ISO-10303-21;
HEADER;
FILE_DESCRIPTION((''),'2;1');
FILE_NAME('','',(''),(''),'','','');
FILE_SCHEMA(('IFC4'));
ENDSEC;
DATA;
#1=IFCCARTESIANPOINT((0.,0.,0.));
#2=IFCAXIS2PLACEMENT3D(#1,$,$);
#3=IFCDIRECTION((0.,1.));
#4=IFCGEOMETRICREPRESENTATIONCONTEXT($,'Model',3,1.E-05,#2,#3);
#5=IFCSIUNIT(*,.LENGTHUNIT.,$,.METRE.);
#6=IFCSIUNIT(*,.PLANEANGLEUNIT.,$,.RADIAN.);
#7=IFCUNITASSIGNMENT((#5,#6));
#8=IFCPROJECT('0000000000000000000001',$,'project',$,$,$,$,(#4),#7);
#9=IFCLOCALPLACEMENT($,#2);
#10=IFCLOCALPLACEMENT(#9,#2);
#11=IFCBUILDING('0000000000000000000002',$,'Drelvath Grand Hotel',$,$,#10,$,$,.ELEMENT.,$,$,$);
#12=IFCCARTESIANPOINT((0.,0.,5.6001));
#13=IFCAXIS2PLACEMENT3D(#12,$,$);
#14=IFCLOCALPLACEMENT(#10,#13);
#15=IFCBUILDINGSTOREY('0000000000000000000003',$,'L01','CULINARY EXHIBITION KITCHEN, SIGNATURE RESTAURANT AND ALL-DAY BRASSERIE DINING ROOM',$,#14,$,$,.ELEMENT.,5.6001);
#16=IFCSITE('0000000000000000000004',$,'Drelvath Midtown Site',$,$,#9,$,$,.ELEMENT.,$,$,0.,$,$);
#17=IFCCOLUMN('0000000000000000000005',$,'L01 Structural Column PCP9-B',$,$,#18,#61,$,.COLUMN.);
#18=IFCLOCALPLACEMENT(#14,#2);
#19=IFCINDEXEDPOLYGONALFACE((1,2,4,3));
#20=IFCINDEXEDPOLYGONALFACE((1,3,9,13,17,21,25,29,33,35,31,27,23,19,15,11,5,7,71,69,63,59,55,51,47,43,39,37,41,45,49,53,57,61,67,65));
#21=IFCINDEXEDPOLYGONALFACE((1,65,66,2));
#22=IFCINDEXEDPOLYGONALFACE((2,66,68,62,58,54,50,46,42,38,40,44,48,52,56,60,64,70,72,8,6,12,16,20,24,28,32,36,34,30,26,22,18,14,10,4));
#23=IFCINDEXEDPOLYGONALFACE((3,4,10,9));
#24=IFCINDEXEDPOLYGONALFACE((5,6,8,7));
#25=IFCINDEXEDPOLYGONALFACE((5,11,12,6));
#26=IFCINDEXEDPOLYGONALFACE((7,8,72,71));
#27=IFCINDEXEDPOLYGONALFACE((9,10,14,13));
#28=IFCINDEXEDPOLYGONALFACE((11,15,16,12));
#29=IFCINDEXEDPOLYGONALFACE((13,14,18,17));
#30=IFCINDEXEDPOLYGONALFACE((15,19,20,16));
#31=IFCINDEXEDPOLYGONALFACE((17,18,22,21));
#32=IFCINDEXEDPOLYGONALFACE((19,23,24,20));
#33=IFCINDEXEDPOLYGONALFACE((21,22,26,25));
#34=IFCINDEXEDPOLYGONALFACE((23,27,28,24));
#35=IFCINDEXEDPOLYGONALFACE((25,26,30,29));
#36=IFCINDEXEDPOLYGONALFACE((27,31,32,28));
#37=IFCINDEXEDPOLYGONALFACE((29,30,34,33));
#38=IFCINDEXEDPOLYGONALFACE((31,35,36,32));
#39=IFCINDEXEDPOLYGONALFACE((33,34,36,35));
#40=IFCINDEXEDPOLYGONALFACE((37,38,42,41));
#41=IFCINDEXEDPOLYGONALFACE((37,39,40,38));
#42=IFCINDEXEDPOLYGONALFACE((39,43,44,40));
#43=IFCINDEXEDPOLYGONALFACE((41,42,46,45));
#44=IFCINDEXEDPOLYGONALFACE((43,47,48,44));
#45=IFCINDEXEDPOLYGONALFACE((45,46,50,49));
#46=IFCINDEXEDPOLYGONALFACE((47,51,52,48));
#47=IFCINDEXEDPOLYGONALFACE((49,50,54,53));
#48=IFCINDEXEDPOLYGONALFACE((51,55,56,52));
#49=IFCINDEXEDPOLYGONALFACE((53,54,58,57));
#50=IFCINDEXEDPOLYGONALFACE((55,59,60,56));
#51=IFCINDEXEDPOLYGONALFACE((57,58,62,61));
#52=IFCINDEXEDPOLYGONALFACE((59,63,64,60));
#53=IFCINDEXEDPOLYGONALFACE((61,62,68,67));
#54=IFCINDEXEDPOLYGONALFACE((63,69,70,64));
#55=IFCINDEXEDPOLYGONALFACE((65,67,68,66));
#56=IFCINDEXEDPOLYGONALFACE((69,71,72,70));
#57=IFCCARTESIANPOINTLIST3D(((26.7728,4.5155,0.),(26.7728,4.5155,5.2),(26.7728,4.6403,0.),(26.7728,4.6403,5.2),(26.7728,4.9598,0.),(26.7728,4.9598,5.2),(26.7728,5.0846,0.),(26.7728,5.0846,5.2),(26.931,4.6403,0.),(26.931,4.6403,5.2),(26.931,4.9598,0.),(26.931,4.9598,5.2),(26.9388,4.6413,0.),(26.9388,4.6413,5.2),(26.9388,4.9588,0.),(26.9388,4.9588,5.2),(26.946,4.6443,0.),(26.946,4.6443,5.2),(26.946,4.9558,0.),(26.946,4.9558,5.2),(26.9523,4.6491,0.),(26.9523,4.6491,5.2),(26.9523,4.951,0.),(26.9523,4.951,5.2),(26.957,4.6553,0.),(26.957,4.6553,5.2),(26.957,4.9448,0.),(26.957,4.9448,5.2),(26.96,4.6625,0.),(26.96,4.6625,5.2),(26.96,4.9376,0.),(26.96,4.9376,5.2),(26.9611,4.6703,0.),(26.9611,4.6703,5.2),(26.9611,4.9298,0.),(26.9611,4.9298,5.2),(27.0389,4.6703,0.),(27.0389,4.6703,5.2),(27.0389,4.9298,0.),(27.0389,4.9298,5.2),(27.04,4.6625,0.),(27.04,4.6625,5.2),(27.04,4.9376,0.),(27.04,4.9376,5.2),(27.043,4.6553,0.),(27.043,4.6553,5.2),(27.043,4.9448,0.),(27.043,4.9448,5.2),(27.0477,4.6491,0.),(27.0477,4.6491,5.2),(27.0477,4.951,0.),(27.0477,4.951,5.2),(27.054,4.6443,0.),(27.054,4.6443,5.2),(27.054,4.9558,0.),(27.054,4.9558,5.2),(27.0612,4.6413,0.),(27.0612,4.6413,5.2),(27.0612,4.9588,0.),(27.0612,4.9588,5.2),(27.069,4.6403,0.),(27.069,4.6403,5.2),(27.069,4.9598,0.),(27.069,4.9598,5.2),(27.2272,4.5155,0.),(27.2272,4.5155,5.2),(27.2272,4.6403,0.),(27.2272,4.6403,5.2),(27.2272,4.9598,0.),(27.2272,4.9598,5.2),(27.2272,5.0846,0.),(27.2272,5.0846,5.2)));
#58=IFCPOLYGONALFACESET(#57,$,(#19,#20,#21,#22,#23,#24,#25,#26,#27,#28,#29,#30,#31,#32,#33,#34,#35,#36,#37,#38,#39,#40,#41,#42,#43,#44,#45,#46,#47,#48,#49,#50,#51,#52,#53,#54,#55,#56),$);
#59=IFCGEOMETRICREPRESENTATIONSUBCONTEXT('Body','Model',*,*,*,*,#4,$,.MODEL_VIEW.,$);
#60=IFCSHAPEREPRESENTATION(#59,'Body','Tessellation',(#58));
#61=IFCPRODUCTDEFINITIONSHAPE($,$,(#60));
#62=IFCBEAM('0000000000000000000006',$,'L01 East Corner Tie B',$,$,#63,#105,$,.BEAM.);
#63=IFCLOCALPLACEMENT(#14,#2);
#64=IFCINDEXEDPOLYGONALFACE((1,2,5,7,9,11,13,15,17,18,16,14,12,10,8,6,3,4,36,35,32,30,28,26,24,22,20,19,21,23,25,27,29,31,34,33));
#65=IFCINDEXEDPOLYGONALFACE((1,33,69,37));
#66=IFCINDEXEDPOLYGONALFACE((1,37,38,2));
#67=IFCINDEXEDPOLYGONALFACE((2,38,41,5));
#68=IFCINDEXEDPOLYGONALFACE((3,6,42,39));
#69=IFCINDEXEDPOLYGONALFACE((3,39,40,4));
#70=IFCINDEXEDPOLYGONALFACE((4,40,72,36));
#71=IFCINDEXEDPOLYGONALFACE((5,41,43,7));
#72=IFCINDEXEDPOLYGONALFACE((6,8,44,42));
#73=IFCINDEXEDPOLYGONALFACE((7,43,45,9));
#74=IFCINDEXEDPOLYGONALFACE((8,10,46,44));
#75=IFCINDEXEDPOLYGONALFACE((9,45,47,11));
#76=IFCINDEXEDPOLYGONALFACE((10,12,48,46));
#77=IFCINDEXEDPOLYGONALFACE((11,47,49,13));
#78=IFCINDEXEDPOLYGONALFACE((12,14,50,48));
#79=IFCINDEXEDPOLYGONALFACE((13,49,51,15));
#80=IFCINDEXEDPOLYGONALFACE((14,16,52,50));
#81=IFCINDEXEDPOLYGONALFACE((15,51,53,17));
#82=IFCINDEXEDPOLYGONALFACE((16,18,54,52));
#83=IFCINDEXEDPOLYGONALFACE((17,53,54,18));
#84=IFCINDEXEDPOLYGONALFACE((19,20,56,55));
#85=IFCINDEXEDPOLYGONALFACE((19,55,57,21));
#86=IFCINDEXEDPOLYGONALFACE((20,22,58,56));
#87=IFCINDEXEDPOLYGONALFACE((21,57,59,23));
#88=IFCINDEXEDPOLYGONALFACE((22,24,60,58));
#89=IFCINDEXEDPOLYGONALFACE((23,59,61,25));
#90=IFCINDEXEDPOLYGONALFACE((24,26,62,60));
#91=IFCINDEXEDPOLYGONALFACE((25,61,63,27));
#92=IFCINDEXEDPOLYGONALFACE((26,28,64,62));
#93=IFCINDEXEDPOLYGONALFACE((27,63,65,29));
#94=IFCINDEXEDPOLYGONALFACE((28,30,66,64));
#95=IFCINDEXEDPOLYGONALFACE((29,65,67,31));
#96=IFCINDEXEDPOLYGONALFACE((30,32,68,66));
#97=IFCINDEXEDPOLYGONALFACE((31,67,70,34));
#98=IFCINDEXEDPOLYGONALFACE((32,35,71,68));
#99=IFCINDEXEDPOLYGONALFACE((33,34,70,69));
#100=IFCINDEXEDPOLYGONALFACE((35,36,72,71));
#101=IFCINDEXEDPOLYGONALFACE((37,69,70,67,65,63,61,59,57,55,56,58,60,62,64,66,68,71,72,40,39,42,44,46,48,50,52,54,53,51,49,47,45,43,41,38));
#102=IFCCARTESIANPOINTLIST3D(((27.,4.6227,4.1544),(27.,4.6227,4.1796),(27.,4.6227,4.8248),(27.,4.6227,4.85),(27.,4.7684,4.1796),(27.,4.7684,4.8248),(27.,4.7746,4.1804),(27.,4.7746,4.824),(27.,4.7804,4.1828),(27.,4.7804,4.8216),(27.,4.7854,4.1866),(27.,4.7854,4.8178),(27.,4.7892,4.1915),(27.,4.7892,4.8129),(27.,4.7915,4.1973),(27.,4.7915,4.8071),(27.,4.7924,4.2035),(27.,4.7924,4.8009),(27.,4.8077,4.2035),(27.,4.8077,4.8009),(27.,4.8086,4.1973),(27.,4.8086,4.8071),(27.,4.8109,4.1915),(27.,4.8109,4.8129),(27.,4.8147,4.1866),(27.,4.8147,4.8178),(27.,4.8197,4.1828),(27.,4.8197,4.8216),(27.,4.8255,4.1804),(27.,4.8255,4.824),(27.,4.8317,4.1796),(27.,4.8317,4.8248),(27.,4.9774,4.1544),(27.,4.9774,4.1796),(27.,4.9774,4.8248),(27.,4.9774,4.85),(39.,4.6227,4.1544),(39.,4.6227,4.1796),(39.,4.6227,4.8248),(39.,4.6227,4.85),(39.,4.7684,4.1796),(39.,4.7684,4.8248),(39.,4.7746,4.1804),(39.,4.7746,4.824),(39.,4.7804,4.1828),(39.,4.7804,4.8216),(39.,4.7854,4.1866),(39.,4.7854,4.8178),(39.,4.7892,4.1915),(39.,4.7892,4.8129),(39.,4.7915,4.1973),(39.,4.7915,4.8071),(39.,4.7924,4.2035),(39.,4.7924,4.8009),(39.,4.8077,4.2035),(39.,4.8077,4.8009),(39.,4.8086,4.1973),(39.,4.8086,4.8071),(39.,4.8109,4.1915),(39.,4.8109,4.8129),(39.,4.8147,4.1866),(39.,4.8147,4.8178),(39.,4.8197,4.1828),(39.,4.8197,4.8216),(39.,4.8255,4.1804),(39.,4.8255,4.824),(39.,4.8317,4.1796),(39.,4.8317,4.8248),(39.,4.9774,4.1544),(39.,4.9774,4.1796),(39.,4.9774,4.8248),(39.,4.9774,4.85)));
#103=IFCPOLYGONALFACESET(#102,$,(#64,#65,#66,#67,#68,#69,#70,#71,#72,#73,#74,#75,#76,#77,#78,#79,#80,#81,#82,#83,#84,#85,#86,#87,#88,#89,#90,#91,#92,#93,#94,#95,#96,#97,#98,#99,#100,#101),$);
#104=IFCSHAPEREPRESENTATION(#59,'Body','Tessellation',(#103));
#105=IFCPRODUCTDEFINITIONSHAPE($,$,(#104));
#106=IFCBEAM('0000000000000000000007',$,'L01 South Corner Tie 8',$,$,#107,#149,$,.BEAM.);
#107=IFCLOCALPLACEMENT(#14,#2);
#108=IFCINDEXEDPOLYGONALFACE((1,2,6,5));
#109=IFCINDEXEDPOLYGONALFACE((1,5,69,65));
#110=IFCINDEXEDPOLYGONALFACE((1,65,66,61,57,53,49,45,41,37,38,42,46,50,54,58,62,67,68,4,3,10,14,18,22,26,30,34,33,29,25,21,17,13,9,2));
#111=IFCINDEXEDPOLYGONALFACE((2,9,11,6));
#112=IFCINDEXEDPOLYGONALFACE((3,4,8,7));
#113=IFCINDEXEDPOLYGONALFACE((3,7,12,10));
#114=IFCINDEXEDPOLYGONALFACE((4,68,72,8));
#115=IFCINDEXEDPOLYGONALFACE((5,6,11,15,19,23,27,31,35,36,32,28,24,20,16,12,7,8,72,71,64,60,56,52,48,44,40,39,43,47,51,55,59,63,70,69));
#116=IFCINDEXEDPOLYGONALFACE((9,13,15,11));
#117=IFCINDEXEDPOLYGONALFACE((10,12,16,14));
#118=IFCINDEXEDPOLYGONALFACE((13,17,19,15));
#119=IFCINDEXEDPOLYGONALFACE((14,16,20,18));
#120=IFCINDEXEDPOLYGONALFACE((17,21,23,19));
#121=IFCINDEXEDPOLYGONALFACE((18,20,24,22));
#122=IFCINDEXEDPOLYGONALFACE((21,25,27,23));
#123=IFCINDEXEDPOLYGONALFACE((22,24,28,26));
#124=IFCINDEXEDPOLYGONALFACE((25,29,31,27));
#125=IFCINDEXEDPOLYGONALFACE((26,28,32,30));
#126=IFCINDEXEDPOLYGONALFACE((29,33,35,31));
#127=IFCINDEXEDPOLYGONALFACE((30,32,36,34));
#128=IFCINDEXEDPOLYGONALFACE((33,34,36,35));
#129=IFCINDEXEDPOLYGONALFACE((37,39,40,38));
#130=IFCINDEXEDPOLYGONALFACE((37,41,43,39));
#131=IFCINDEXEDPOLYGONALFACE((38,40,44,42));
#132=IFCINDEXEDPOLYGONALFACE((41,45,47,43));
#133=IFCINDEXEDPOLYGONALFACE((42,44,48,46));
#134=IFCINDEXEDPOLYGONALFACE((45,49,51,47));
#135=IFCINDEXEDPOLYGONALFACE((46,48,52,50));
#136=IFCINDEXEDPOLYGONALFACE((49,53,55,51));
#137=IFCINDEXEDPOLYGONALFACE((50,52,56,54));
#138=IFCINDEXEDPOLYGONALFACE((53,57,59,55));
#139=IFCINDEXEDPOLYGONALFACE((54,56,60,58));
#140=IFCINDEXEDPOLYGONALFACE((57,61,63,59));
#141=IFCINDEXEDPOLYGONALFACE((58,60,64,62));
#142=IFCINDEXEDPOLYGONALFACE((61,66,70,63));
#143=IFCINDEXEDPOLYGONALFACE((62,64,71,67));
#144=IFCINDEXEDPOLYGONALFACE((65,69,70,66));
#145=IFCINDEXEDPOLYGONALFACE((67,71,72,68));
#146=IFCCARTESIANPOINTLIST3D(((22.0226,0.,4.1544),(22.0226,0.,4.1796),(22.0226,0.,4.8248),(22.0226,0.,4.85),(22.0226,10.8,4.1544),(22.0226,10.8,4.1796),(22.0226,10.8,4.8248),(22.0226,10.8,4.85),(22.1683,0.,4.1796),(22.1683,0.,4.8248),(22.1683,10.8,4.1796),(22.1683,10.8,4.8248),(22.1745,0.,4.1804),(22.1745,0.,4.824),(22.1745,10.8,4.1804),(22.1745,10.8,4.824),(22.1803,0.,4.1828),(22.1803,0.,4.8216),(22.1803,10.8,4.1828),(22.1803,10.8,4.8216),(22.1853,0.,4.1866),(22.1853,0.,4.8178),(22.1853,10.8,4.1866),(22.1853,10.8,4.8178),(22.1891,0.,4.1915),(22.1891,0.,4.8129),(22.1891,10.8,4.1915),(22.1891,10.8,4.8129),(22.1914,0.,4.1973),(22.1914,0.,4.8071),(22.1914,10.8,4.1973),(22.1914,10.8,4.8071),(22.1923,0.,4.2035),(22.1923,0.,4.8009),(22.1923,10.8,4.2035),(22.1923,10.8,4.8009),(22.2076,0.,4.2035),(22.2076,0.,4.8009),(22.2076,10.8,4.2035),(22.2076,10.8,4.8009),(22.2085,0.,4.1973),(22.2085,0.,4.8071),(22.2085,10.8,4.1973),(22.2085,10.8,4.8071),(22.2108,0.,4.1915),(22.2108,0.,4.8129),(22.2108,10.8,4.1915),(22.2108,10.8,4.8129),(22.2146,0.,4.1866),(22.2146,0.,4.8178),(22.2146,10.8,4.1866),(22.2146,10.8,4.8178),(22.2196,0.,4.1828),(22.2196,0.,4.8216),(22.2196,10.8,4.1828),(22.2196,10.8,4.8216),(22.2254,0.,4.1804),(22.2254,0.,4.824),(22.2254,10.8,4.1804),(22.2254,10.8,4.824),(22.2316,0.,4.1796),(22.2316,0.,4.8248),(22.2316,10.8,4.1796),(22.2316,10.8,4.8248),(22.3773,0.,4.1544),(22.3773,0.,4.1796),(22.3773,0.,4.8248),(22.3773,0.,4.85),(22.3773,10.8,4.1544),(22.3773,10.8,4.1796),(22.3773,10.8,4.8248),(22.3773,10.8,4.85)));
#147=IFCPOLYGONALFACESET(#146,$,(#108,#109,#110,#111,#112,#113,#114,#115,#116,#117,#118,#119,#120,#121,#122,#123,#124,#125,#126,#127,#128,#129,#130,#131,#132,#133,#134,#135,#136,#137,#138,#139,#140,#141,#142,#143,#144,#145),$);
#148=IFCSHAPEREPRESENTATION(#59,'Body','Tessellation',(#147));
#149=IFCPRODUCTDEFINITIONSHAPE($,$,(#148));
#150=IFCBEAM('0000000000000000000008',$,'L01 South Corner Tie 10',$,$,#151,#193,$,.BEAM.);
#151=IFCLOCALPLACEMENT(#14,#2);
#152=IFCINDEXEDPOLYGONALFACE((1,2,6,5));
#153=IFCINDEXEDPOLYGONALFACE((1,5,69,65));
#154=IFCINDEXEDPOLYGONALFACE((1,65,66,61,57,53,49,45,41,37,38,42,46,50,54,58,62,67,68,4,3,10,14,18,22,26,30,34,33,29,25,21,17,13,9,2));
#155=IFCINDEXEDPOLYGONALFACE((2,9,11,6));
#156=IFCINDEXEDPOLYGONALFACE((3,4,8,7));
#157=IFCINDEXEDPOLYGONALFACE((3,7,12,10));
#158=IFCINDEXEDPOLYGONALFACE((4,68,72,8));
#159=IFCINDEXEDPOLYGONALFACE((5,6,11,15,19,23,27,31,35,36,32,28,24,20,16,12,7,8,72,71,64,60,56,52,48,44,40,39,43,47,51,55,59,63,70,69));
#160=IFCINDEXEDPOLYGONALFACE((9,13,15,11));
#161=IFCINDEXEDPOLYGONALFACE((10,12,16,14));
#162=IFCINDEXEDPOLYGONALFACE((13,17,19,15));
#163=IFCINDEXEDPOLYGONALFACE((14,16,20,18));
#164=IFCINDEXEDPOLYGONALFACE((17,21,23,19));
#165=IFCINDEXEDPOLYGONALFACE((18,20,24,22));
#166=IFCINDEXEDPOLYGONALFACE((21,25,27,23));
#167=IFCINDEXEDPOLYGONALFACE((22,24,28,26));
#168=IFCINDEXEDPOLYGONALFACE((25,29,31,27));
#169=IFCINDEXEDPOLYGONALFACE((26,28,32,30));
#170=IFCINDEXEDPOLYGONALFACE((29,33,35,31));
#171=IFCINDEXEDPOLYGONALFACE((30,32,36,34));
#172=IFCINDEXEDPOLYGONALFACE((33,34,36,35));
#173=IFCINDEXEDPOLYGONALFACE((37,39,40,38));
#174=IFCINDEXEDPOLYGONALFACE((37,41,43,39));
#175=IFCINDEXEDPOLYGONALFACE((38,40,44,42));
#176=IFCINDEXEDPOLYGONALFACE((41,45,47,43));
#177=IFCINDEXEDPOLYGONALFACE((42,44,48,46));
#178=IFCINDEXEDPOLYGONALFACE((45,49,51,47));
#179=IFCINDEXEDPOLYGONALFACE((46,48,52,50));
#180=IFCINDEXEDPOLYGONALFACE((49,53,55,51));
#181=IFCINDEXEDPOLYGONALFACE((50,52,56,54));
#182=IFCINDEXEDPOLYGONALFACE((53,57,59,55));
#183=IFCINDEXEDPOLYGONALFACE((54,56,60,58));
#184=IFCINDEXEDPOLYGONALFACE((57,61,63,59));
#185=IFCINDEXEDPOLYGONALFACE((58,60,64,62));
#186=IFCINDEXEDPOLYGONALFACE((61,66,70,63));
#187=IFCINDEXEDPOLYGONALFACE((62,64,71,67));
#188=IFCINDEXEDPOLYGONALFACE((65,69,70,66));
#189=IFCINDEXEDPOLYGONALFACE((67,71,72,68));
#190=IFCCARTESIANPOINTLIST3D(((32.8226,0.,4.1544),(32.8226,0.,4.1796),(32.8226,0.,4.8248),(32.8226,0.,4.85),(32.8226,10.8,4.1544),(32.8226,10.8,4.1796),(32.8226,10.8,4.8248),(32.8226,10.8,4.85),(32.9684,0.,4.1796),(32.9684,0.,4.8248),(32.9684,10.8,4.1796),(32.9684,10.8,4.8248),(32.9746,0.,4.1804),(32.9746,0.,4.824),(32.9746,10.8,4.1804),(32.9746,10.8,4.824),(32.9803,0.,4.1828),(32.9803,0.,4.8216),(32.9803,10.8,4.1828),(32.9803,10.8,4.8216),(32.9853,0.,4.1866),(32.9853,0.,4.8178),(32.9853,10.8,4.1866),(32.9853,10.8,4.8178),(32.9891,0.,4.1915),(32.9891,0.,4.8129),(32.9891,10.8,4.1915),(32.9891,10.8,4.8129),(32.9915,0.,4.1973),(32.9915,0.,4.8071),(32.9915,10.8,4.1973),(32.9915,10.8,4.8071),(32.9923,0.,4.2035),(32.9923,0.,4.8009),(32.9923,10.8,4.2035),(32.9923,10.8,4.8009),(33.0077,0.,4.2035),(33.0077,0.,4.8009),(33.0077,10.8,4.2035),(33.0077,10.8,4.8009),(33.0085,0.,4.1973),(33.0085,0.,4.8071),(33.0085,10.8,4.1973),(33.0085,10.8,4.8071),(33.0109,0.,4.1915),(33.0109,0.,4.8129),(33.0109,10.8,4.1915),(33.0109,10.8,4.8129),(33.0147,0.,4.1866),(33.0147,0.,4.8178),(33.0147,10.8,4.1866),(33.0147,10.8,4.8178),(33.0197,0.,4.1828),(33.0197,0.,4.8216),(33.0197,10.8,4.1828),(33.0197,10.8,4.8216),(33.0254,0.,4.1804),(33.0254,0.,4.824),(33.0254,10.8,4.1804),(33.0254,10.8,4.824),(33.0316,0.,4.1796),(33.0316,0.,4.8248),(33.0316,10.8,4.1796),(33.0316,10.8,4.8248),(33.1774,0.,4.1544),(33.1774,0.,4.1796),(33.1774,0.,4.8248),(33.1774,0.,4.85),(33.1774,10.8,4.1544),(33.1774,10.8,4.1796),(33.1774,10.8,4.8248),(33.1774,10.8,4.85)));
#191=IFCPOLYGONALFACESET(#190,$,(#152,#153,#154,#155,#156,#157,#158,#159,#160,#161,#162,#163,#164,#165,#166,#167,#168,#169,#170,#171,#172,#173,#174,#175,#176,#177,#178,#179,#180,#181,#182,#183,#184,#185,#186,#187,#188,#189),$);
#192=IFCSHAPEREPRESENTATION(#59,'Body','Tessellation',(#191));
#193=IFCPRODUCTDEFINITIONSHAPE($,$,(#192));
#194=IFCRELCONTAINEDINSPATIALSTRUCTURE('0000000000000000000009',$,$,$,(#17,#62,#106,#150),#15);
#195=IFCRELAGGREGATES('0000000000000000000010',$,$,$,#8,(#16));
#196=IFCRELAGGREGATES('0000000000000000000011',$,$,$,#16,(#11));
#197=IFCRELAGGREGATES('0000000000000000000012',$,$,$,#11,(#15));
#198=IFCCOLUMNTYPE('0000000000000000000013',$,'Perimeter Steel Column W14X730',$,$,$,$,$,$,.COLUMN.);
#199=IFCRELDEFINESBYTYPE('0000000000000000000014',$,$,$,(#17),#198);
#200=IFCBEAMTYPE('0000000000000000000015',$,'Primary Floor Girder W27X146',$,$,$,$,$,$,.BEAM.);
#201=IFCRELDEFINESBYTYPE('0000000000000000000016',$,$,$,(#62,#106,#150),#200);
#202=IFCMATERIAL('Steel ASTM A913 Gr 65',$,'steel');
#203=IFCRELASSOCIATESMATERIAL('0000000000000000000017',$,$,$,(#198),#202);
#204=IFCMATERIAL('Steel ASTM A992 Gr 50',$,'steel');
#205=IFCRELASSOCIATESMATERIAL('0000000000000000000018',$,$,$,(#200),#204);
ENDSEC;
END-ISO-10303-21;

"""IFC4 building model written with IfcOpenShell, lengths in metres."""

from ifc_helpers import new_model, si_unit, direction, frame, origin, origin_2d, place, context, subcontext, project, spatial, i_section, extrude, material, material_profile, profile_set, type_object, element, save


model = new_model("IFC4")

# Units and contexts
model_context = context("Model", 3, precision=1e-05, world=origin(), true_north=direction((0.0, 1.0)))
body_context = subcontext(model_context, "Body", "Model", "MODEL_VIEW")
ifc_project = project(units=[si_unit("LENGTHUNIT", "METRE"), si_unit("PLANEANGLEUNIT", "RADIAN")], contexts=[model_context])

# Site, building, storey
site_placement = place(None, origin())
site = spatial("IfcSite", under=ifc_project, at=site_placement, Name="Drelvath Midtown Site", CompositionType="ELEMENT", RefElevation=0.0)
building_placement = place(site_placement, origin())
building = spatial("IfcBuilding", under=site, at=building_placement, Name="Drelvath Grand Hotel", CompositionType="ELEMENT")
storey_placement = place(building_placement, frame((0.0, 0.0, 5.6001)))
storey = spatial("IfcBuildingStorey", under=building, at=storey_placement, Name="L01", Description="CULINARY EXHIBITION KITCHEN, SIGNATURE RESTAURANT AND ALL-DAY BRASSERIE DINING ROOM", CompositionType="ELEMENT", Elevation=5.6001)

# Column
ifc_material_1 = material(Name="Steel ASTM A913 Gr 65", Category="steel")
ifc_material_profile_1 = material_profile(ifc_material_1, i_section(OverallWidth=0.4543, OverallDepth=0.5691, WebThickness=0.0779, FlangeThickness=0.1248, FilletRadius=0.03, at=origin_2d()), Name="W14X730")
ifc_profile_set_1 = profile_set([ifc_material_profile_1], Name="Steel ASTM A913 Gr 65")
column_type_1 = type_object("IfcColumnType", Name="Perimeter Steel Column W14X730", PredefinedType="COLUMN", material=ifc_profile_set_1)
column_1_placement = place(storey_placement, frame((27.0, 4.8, 0.0), z_axis=(0.0, 0.0, 1.0), x_axis=(1.0, 0.0, 0.0)))
element("IfcColumn", 1, at=column_1_placement, inside=storey, type_object=column_type_1, Name="L01 Structural Column PCP9-B", PredefinedType="COLUMN", context=body_context, shape_type="SweptSolid", body=[
    extrude(i_section(OverallWidth=0.4543, OverallDepth=0.5691, WebThickness=0.0779, FlangeThickness=0.1248, FilletRadius=0.03, at=origin_2d()), origin(), (0.0, 0.0, 1.0), 5.2),
])

# Beams
ifc_material_2 = material(Name="Steel ASTM A992 Gr 50", Category="steel")
ifc_material_profile_2 = material_profile(ifc_material_2, i_section(OverallWidth=0.3547, OverallDepth=0.6956, WebThickness=0.0154, FlangeThickness=0.0251, FilletRadius=0.0239, at=origin_2d()), Name="W27X146")
ifc_profile_set_2 = profile_set([ifc_material_profile_2], Name="Steel ASTM A992 Gr 50")
beam_type = type_object("IfcBeamType", Name="Primary Floor Girder W27X146", PredefinedType="BEAM", material=ifc_profile_set_2)
beam_placement = place(storey_placement, frame((27.0, 4.8, 4.5022), z_axis=(1.0, 0.0, 0.0), x_axis=(0.0, 1.0, 0.0)))
element("IfcBeam", 2, at=beam_placement, inside=storey, type_object=beam_type, Name="L01 East Corner Tie B", PredefinedType="BEAM", context=body_context, shape_type="SweptSolid", body=[
    extrude(i_section(OverallWidth=0.3547, OverallDepth=0.6956, WebThickness=0.0154, FlangeThickness=0.0251, FilletRadius=0.0239, at=origin_2d()), origin(), (0.0, 0.0, 1.0), 12.0),
])
for number, where, z_axis, x_axis, name in (
    (3, (22.2, 0.0, 4.5022), (0.0, 1.0, 0.0), (-1.0, 0.0, 0.0), "L01 South Corner Tie 8"),
    (4, (33.0, 0.0, 4.5022), (0.0, 1.0, 0.0), (-1.0, 0.0, 0.0), "L01 South Corner Tie 10"),
):
    element("IfcBeam", number, at=place(storey_placement, frame(where, z_axis=z_axis, x_axis=x_axis)), inside=storey, type_object=beam_type, Name=name, PredefinedType="BEAM", context=body_context, shape_type="SweptSolid", body=[
        extrude(i_section(OverallWidth=0.3547, OverallDepth=0.6956, WebThickness=0.0154, FlangeThickness=0.0251, FilletRadius=0.0239, at=origin_2d()), origin(), (0.0, 0.0, 1.0), 10.8),
    ])

save(model, "model.ifc")
